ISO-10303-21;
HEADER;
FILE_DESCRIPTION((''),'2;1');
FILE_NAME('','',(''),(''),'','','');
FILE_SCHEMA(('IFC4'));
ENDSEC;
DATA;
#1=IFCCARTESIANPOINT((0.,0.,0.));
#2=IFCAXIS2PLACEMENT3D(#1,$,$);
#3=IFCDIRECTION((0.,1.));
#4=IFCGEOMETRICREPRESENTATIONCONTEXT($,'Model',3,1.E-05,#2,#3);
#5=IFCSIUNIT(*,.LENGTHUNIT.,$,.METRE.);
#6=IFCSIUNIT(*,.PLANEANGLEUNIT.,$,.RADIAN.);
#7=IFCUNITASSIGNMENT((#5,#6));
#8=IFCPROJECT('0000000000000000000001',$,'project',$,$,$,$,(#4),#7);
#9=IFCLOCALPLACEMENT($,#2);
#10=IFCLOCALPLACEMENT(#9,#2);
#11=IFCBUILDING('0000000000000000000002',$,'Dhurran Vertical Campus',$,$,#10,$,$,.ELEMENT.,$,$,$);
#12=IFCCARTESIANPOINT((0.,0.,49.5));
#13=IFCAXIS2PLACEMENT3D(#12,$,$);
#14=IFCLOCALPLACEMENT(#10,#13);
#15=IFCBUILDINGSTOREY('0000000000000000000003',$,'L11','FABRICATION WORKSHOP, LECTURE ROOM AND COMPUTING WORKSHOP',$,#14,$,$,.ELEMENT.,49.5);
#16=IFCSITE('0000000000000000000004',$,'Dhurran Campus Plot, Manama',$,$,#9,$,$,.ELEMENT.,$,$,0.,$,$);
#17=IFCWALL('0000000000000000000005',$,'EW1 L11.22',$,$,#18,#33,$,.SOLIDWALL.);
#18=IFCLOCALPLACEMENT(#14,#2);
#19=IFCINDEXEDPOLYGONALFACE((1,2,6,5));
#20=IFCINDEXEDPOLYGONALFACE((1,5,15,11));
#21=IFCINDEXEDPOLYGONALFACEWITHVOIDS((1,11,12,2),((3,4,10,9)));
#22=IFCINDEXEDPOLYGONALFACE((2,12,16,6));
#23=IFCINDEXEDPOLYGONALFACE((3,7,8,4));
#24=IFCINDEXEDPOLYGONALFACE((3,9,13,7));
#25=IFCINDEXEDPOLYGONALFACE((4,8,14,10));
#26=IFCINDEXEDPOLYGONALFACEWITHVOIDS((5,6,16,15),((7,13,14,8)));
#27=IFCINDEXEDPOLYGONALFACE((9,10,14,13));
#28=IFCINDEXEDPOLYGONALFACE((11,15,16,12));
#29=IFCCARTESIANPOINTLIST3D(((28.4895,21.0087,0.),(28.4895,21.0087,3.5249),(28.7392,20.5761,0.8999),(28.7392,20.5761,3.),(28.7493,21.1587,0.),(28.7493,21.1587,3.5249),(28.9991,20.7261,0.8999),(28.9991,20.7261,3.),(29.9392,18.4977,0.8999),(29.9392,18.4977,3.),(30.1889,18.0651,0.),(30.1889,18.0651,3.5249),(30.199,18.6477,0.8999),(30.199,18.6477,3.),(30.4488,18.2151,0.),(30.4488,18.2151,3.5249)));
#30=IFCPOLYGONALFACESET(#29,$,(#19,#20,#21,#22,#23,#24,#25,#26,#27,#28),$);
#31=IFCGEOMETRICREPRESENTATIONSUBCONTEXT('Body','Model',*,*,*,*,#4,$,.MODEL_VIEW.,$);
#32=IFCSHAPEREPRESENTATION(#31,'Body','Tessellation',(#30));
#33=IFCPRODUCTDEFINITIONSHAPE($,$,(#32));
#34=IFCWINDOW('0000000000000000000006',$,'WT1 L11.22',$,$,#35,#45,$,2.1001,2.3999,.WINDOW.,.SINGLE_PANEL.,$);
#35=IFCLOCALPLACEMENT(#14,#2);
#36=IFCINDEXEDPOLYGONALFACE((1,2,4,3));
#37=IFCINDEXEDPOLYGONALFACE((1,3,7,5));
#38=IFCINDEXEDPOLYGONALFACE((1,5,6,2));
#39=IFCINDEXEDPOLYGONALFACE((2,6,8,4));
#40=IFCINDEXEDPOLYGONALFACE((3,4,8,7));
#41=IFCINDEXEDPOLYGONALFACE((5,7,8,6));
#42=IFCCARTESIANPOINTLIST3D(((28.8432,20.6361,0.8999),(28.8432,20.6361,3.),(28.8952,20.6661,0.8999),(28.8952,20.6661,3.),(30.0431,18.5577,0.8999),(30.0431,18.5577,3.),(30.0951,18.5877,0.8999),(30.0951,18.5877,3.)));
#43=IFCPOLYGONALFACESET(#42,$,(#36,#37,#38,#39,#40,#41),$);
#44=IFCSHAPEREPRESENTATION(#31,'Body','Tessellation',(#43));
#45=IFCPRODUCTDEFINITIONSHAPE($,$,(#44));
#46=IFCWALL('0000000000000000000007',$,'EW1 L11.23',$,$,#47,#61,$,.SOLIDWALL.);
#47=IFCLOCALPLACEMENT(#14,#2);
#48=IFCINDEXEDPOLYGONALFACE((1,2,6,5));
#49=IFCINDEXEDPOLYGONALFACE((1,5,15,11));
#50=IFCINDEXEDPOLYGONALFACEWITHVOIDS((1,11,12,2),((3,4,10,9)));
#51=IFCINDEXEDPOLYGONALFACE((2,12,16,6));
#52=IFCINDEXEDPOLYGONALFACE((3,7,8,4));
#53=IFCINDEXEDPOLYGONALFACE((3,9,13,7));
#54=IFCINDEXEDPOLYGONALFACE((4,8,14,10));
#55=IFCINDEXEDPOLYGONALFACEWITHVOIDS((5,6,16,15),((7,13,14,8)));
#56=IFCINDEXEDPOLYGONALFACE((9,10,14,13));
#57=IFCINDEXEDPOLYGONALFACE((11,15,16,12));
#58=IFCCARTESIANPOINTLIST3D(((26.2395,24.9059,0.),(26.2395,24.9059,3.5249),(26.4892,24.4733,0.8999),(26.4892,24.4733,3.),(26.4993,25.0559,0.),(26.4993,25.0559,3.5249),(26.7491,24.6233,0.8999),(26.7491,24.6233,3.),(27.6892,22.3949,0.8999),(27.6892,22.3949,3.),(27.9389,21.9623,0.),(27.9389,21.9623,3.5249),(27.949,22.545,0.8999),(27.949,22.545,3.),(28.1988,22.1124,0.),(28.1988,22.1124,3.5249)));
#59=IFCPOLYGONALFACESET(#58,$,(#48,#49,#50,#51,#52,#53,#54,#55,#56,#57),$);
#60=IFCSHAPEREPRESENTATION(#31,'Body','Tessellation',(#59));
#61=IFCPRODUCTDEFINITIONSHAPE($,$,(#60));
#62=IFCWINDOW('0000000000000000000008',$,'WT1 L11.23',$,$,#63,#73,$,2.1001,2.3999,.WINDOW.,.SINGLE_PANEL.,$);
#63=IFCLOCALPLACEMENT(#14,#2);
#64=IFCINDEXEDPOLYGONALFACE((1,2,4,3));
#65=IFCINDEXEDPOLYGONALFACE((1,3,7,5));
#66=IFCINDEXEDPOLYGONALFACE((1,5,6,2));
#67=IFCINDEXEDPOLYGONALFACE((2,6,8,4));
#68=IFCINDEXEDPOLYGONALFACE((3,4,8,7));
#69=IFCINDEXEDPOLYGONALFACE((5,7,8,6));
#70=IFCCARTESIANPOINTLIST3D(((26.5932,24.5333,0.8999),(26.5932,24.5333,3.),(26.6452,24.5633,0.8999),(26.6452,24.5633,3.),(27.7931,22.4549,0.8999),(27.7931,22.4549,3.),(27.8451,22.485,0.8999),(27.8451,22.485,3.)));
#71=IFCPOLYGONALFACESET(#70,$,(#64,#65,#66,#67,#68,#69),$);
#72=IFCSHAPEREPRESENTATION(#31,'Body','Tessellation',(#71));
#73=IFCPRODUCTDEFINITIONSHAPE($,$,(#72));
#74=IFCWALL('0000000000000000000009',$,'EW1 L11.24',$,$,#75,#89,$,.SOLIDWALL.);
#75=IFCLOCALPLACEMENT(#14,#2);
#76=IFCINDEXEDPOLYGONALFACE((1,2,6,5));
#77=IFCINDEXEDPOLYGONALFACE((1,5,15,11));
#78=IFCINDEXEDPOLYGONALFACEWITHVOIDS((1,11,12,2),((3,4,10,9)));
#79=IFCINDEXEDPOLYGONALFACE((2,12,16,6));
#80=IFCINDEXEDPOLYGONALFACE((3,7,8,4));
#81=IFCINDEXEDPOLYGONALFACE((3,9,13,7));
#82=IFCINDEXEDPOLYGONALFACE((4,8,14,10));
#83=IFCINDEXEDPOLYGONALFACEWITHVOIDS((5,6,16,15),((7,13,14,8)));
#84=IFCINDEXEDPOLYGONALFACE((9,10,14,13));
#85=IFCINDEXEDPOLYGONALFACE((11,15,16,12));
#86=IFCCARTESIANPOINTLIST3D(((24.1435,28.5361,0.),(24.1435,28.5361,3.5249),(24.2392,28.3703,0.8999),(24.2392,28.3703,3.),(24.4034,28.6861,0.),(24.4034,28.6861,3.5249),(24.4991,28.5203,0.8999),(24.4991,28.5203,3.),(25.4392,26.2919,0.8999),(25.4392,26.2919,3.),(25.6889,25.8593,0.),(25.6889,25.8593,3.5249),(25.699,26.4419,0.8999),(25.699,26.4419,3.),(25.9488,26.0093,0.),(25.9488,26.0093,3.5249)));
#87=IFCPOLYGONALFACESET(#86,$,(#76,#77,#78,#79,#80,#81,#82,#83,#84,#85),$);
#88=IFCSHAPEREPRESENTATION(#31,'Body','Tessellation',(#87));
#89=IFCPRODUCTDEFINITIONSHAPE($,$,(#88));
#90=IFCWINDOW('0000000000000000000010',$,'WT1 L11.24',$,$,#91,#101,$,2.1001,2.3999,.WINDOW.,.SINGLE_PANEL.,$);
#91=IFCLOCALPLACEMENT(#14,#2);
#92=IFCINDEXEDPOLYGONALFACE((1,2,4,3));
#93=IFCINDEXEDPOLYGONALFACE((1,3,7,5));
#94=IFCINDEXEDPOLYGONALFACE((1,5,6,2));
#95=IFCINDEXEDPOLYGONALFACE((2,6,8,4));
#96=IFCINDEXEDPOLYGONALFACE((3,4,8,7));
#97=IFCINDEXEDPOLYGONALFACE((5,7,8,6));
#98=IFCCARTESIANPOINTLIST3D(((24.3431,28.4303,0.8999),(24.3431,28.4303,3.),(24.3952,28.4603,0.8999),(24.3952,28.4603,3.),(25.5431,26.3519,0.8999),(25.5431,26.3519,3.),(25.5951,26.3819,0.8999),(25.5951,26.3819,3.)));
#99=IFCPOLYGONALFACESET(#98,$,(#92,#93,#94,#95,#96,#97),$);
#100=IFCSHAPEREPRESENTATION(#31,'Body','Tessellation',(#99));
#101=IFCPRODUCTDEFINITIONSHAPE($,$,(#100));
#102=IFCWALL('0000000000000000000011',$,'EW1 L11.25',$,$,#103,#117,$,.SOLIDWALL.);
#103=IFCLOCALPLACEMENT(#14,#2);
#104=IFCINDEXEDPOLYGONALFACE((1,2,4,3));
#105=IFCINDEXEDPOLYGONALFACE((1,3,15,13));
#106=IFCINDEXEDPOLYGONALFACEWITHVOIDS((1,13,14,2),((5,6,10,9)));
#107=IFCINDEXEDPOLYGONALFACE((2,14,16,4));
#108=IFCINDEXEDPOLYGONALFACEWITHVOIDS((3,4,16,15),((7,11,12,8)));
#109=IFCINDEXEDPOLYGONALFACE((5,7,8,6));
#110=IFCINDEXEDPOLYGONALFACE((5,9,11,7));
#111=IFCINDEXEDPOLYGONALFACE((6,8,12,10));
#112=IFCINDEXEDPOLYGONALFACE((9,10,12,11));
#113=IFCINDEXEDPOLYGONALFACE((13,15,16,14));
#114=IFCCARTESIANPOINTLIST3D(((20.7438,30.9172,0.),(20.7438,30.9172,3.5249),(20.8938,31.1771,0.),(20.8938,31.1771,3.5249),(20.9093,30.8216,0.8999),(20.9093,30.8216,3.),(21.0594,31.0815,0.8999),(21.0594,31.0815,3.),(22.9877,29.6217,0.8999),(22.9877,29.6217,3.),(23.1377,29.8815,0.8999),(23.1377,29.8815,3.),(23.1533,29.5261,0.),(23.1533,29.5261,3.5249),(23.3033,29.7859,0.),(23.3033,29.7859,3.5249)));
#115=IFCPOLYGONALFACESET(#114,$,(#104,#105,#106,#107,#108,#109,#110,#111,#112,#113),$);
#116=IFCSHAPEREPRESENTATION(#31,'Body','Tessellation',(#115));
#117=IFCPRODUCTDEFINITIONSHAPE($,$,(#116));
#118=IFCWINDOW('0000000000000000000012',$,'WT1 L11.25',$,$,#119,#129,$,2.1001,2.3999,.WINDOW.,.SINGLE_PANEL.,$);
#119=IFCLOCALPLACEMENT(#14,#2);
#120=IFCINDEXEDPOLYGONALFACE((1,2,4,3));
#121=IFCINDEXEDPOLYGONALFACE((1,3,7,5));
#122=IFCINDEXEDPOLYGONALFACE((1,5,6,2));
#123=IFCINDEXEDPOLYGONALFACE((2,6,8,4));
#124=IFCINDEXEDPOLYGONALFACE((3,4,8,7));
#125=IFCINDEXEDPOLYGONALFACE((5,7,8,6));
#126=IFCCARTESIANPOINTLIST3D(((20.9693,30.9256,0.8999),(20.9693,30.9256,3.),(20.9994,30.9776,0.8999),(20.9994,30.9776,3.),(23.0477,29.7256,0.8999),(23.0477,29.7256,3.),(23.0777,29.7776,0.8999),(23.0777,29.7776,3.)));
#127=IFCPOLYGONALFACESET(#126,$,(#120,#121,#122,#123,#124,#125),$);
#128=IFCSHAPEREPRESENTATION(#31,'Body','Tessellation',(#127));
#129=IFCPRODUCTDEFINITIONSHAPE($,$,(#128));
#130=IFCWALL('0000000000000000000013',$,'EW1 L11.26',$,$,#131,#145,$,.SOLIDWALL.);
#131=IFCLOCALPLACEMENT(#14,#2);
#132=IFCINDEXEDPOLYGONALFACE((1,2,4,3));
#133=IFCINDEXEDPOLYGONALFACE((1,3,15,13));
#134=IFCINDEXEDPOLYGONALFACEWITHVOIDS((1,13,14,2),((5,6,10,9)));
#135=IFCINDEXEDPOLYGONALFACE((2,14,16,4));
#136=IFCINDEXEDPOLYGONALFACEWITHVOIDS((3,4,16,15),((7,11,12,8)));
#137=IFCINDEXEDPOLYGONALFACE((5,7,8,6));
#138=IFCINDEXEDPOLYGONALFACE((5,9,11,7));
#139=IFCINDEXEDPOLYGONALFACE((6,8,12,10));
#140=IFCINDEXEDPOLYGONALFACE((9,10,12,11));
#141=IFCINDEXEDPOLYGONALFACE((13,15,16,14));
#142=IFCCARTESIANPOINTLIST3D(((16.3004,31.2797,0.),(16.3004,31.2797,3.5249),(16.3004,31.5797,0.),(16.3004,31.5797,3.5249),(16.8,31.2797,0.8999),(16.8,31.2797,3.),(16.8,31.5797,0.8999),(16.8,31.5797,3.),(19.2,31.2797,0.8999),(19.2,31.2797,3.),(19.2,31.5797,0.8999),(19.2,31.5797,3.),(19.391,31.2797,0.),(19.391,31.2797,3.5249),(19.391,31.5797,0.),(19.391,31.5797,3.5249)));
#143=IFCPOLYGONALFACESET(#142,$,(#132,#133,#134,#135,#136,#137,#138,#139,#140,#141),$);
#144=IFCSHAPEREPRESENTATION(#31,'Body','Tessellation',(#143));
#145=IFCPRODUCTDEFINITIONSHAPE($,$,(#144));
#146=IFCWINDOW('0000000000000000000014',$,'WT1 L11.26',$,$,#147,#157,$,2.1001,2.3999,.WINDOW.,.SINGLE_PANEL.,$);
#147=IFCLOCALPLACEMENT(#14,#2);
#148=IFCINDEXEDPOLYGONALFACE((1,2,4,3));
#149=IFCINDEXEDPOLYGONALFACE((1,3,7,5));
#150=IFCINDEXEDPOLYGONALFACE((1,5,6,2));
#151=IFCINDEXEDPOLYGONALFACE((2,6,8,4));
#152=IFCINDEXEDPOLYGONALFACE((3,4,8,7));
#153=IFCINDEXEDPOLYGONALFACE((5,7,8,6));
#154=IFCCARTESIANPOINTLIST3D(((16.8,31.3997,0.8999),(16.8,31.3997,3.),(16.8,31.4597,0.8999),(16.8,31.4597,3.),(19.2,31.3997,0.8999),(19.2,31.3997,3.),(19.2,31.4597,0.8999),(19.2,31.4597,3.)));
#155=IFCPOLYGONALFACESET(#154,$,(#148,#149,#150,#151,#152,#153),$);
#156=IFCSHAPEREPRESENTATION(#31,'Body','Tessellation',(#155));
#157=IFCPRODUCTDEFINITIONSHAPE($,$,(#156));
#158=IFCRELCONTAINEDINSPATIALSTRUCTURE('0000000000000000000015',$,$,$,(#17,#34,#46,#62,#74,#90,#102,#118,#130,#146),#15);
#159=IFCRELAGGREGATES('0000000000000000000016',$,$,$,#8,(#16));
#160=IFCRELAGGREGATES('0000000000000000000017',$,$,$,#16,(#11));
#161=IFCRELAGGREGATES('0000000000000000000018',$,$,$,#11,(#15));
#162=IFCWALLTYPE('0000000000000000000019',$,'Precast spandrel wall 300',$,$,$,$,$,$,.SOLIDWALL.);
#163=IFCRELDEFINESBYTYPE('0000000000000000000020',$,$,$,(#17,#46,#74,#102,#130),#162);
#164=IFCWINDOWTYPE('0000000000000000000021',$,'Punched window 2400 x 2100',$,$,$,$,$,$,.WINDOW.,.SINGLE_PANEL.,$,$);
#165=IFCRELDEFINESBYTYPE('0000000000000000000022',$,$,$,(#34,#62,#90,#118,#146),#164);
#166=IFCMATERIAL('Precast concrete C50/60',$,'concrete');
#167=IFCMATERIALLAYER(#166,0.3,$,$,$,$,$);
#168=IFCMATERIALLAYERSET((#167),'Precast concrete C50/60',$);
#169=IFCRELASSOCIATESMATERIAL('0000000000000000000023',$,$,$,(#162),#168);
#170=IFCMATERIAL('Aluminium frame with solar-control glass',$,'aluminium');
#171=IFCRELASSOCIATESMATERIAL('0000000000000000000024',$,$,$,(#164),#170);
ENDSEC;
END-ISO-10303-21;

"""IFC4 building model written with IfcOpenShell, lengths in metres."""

from ifc_helpers import new_model, si_unit, direction, frame, frame_2d, origin, place, context, subcontext, project, spatial, rectangle, extrude, material, layer, layer_set, type_object, element, fill, save


model = new_model("IFC4")

# Units and contexts
model_context = context("Model", 3, precision=1e-05, world=origin(), true_north=direction((0.0, 1.0)))
body_context = subcontext(model_context, "Body", "Model", "MODEL_VIEW")
ifc_project = project(units=[si_unit("LENGTHUNIT", "METRE"), si_unit("PLANEANGLEUNIT", "RADIAN")], contexts=[model_context])

# Site, building, storey
site_placement = place(None, origin())
site = spatial("IfcSite", under=ifc_project, at=site_placement, Name="Dhurran Campus Plot, Manama", CompositionType="ELEMENT", RefElevation=0.0)
building_placement = place(site_placement, origin())
building = spatial("IfcBuilding", under=site, at=building_placement, Name="Dhurran Vertical Campus", CompositionType="ELEMENT")
storey_placement = place(building_placement, frame((0.0, 0.0, 49.5)))
storey = spatial("IfcBuildingStorey", under=building, at=storey_placement, Name="L11", Description="FABRICATION WORKSHOP, LECTURE ROOM AND COMPUTING WORKSHOP", CompositionType="ELEMENT", Elevation=49.5)

# Walls, openings, windows
ifc_material_1 = material(Name="Precast concrete C50/60", Category="concrete")
ifc_layer_1 = layer(ifc_material_1, 0.3)
ifc_layer_set_1 = layer_set([ifc_layer_1], Name="Precast concrete C50/60")
wall_type_1 = type_object("IfcWallType", Name="Precast spandrel wall 300", PredefinedType="SOLIDWALL", material=ifc_layer_set_1)
ifc_material_2 = material(Name="Aluminium frame with solar-control glass", Category="aluminium")
window_type = type_object("IfcWindowType", Name="Punched window 2400 x 2100", PartitioningType="SINGLE_PANEL", PredefinedType="WINDOW", material=ifc_material_2)
wall_1_placement = place(storey_placement, frame((30.3188, 18.1401, 0.0), z_axis=(0.0, 0.0, 1.0), x_axis=(-0.499994, 0.866029, 0.0)))
wall_1 = element("IfcWall", 1, at=wall_1_placement, inside=storey, type_object=wall_type_1, Name="EW1 L11.22", PredefinedType="SOLIDWALL", context=body_context, shape_type="SweptSolid", body=[
    extrude(rectangle(XDim=3.3989, YDim=0.3, at=frame_2d((1.6995, 0.0))), origin(), (0.0, 0.0, 1.0), 3.5249),
])
opening_1_placement = place(wall_1_placement, frame((0.4995, 0.0, 0.8999)))
opening_1 = element("IfcOpeningElement", 2, at=opening_1_placement, cuts=wall_1, PredefinedType="OPENING", context=body_context, shape_type="SweptSolid", body=[
    extrude(rectangle(XDim=2.3999, YDim=2.1001, at=frame_2d((1.2, 1.05))), frame((0.0, 0.1599, 0.0), z_axis=(0.0, -1.0, 0.0), x_axis=(1.0, 0.0, 0.0)), (0.0, 0.0, 1.0), 0.3201),
])
window_1_placement = place(opening_1_placement, origin())
window_1 = element("IfcWindow", 3, at=window_1_placement, inside=storey, type_object=window_type, Name="WT1 L11.22", OverallHeight=2.1001, OverallWidth=2.3999, PartitioningType="SINGLE_PANEL", PredefinedType="WINDOW", context=body_context, shape_type="SweptSolid", body=[
    extrude(rectangle(XDim=2.3999, YDim=2.1001, at=frame_2d((1.2, 1.05))), frame((0.0, 0.03, 0.0), z_axis=(0.0, -1.0, 0.0), x_axis=(1.0, 0.0, 0.0)), (0.0, 0.0, 1.0), 0.0601),
])
fill(opening_1, window_1)
wall_2_placement = place(storey_placement, frame((28.0688, 22.0374, 0.0), z_axis=(0.0, 0.0, 1.0), x_axis=(-0.499994, 0.866029, 0.0)))
wall_2 = element("IfcWall", 4, at=wall_2_placement, inside=storey, type_object=wall_type_1, Name="EW1 L11.23", PredefinedType="SOLIDWALL", context=body_context, shape_type="SweptSolid", body=[
    extrude(rectangle(XDim=3.3989, YDim=0.3, at=frame_2d((1.6995, 0.0))), origin(), (0.0, 0.0, 1.0), 3.5249),
])
opening_2_placement = place(wall_2_placement, frame((0.4995, 0.0, 0.8999)))
opening_2 = element("IfcOpeningElement", 5, at=opening_2_placement, cuts=wall_2, PredefinedType="OPENING", context=body_context, shape_type="SweptSolid", body=[
    extrude(rectangle(XDim=2.3999, YDim=2.1001, at=frame_2d((1.2, 1.05))), frame((0.0, 0.1599, 0.0), z_axis=(0.0, -1.0, 0.0), x_axis=(1.0, 0.0, 0.0)), (0.0, 0.0, 1.0), 0.3201),
])
window_2_placement = place(opening_2_placement, origin())
window_2 = element("IfcWindow", 6, at=window_2_placement, inside=storey, type_object=window_type, Name="WT1 L11.23", OverallHeight=2.1001, OverallWidth=2.3999, PartitioningType="SINGLE_PANEL", PredefinedType="WINDOW", context=body_context, shape_type="SweptSolid", body=[
    extrude(rectangle(XDim=2.3999, YDim=2.1001, at=frame_2d((1.2, 1.05))), frame((0.0, 0.03, 0.0), z_axis=(0.0, -1.0, 0.0), x_axis=(1.0, 0.0, 0.0)), (0.0, 0.0, 1.0), 0.0601),
])
fill(opening_2, window_2)
wall_3_placement = place(storey_placement, frame((25.8188, 25.9343, 0.0), z_axis=(0.0, 0.0, 1.0), x_axis=(-0.499996, 0.866028, 0.0)))
wall_3 = element("IfcWall", 7, at=wall_3_placement, inside=storey, type_object=wall_type_1, Name="EW1 L11.24", PredefinedType="SOLIDWALL", context=body_context, shape_type="SweptSolid", body=[
    extrude(rectangle(XDim=3.0908, YDim=0.3, at=frame_2d((1.5454, 0.0))), origin(), (0.0, 0.0, 1.0), 3.5249),
])
opening_3_placement = place(wall_3_placement, frame((0.4995, 0.0, 0.8999)))
opening_3 = element("IfcOpeningElement", 8, at=opening_3_placement, cuts=wall_3, PredefinedType="OPENING", context=body_context, shape_type="SweptSolid", body=[
    extrude(rectangle(XDim=2.3999, YDim=2.1001, at=frame_2d((1.2, 1.05))), frame((0.0, 0.1599, 0.0), z_axis=(0.0, -1.0, 0.0), x_axis=(1.0, 0.0, 0.0)), (0.0, 0.0, 1.0), 0.3201),
])
window_3_placement = place(opening_3_placement, origin())
window_3 = element("IfcWindow", 9, at=window_3_placement, inside=storey, type_object=window_type, Name="WT1 L11.24", OverallHeight=2.1001, OverallWidth=2.3999, PartitioningType="SINGLE_PANEL", PredefinedType="WINDOW", context=body_context, shape_type="SweptSolid", body=[
    extrude(rectangle(XDim=2.3999, YDim=2.1001, at=frame_2d((1.2, 1.05))), frame((0.0, 0.03, 0.0), z_axis=(0.0, -1.0, 0.0), x_axis=(1.0, 0.0, 0.0)), (0.0, 0.0, 1.0), 0.0601),
])
fill(opening_3, window_3)
wall_4_placement = place(storey_placement, frame((23.2283, 29.656, 0.0), z_axis=(0.0, 0.0, 1.0), x_axis=(-0.86602, 0.500009, 0.0)))
wall_4 = element("IfcWall", 10, at=wall_4_placement, inside=storey, type_object=wall_type_1, Name="EW1 L11.25", PredefinedType="SOLIDWALL", context=body_context, shape_type="SweptSolid", body=[
    extrude(rectangle(XDim=2.7822, YDim=0.3, at=frame_2d((1.3911, 0.0))), origin(), (0.0, 0.0, 1.0), 3.5249),
])
opening_4_placement = place(wall_4_placement, frame((0.1912, 0.0, 0.8999)))
opening_4 = element("IfcOpeningElement", 11, at=opening_4_placement, cuts=wall_4, PredefinedType="OPENING", context=body_context, shape_type="SweptSolid", body=[
    extrude(rectangle(XDim=2.3999, YDim=2.1001, at=frame_2d((1.2, 1.05))), frame((0.0, 0.1599, 0.0), z_axis=(0.0, -1.0, 0.0), x_axis=(1.0, 0.0, 0.0)), (0.0, 0.0, 1.0), 0.3201),
])
window_4_placement = place(opening_4_placement, origin())
window_4 = element("IfcWindow", 12, at=window_4_placement, inside=storey, type_object=window_type, Name="WT1 L11.25", OverallHeight=2.1001, OverallWidth=2.3999, PartitioningType="SINGLE_PANEL", PredefinedType="WINDOW", context=body_context, shape_type="SweptSolid", body=[
    extrude(rectangle(XDim=2.3999, YDim=2.1001, at=frame_2d((1.2, 1.05))), frame((0.0, 0.03, 0.0), z_axis=(0.0, -1.0, 0.0), x_axis=(1.0, 0.0, 0.0)), (0.0, 0.0, 1.0), 0.0601),
])
fill(opening_4, window_4)
wall_5_placement = place(storey_placement, frame((19.3911, 31.4297, 0.0), z_axis=(0.0, 0.0, 1.0), x_axis=(-1.0, 0.0, 0.0)))
wall_5 = element("IfcWall", 13, at=wall_5_placement, inside=storey, type_object=wall_type_1, Name="EW1 L11.26", PredefinedType="SOLIDWALL", context=body_context, shape_type="SweptSolid", body=[
    extrude(rectangle(XDim=3.0906, YDim=0.3, at=frame_2d((1.5454, 0.0))), origin(), (0.0, 0.0, 1.0), 3.5249),
])
opening_5_placement = place(wall_5_placement, frame((0.1912, 0.0, 0.8999)))
opening_5 = element("IfcOpeningElement", 14, at=opening_5_placement, cuts=wall_5, PredefinedType="OPENING", context=body_context, shape_type="SweptSolid", body=[
    extrude(rectangle(XDim=2.3999, YDim=2.1001, at=frame_2d((1.2, 1.05))), frame((0.0, 0.1599, 0.0), z_axis=(0.0, -1.0, 0.0), x_axis=(1.0, 0.0, 0.0)), (0.0, 0.0, 1.0), 0.3201),
])
window_5_placement = place(opening_5_placement, origin())
window_5 = element("IfcWindow", 15, at=window_5_placement, inside=storey, type_object=window_type, Name="WT1 L11.26", OverallHeight=2.1001, OverallWidth=2.3999, PartitioningType="SINGLE_PANEL", PredefinedType="WINDOW", context=body_context, shape_type="SweptSolid", body=[
    extrude(rectangle(XDim=2.3999, YDim=2.1001, at=frame_2d((1.2, 1.05))), frame((0.0, 0.03, 0.0), z_axis=(0.0, -1.0, 0.0), x_axis=(1.0, 0.0, 0.0)), (0.0, 0.0, 1.0), 0.0601),
])
fill(opening_5, window_5)

save(model, "model.ifc")
